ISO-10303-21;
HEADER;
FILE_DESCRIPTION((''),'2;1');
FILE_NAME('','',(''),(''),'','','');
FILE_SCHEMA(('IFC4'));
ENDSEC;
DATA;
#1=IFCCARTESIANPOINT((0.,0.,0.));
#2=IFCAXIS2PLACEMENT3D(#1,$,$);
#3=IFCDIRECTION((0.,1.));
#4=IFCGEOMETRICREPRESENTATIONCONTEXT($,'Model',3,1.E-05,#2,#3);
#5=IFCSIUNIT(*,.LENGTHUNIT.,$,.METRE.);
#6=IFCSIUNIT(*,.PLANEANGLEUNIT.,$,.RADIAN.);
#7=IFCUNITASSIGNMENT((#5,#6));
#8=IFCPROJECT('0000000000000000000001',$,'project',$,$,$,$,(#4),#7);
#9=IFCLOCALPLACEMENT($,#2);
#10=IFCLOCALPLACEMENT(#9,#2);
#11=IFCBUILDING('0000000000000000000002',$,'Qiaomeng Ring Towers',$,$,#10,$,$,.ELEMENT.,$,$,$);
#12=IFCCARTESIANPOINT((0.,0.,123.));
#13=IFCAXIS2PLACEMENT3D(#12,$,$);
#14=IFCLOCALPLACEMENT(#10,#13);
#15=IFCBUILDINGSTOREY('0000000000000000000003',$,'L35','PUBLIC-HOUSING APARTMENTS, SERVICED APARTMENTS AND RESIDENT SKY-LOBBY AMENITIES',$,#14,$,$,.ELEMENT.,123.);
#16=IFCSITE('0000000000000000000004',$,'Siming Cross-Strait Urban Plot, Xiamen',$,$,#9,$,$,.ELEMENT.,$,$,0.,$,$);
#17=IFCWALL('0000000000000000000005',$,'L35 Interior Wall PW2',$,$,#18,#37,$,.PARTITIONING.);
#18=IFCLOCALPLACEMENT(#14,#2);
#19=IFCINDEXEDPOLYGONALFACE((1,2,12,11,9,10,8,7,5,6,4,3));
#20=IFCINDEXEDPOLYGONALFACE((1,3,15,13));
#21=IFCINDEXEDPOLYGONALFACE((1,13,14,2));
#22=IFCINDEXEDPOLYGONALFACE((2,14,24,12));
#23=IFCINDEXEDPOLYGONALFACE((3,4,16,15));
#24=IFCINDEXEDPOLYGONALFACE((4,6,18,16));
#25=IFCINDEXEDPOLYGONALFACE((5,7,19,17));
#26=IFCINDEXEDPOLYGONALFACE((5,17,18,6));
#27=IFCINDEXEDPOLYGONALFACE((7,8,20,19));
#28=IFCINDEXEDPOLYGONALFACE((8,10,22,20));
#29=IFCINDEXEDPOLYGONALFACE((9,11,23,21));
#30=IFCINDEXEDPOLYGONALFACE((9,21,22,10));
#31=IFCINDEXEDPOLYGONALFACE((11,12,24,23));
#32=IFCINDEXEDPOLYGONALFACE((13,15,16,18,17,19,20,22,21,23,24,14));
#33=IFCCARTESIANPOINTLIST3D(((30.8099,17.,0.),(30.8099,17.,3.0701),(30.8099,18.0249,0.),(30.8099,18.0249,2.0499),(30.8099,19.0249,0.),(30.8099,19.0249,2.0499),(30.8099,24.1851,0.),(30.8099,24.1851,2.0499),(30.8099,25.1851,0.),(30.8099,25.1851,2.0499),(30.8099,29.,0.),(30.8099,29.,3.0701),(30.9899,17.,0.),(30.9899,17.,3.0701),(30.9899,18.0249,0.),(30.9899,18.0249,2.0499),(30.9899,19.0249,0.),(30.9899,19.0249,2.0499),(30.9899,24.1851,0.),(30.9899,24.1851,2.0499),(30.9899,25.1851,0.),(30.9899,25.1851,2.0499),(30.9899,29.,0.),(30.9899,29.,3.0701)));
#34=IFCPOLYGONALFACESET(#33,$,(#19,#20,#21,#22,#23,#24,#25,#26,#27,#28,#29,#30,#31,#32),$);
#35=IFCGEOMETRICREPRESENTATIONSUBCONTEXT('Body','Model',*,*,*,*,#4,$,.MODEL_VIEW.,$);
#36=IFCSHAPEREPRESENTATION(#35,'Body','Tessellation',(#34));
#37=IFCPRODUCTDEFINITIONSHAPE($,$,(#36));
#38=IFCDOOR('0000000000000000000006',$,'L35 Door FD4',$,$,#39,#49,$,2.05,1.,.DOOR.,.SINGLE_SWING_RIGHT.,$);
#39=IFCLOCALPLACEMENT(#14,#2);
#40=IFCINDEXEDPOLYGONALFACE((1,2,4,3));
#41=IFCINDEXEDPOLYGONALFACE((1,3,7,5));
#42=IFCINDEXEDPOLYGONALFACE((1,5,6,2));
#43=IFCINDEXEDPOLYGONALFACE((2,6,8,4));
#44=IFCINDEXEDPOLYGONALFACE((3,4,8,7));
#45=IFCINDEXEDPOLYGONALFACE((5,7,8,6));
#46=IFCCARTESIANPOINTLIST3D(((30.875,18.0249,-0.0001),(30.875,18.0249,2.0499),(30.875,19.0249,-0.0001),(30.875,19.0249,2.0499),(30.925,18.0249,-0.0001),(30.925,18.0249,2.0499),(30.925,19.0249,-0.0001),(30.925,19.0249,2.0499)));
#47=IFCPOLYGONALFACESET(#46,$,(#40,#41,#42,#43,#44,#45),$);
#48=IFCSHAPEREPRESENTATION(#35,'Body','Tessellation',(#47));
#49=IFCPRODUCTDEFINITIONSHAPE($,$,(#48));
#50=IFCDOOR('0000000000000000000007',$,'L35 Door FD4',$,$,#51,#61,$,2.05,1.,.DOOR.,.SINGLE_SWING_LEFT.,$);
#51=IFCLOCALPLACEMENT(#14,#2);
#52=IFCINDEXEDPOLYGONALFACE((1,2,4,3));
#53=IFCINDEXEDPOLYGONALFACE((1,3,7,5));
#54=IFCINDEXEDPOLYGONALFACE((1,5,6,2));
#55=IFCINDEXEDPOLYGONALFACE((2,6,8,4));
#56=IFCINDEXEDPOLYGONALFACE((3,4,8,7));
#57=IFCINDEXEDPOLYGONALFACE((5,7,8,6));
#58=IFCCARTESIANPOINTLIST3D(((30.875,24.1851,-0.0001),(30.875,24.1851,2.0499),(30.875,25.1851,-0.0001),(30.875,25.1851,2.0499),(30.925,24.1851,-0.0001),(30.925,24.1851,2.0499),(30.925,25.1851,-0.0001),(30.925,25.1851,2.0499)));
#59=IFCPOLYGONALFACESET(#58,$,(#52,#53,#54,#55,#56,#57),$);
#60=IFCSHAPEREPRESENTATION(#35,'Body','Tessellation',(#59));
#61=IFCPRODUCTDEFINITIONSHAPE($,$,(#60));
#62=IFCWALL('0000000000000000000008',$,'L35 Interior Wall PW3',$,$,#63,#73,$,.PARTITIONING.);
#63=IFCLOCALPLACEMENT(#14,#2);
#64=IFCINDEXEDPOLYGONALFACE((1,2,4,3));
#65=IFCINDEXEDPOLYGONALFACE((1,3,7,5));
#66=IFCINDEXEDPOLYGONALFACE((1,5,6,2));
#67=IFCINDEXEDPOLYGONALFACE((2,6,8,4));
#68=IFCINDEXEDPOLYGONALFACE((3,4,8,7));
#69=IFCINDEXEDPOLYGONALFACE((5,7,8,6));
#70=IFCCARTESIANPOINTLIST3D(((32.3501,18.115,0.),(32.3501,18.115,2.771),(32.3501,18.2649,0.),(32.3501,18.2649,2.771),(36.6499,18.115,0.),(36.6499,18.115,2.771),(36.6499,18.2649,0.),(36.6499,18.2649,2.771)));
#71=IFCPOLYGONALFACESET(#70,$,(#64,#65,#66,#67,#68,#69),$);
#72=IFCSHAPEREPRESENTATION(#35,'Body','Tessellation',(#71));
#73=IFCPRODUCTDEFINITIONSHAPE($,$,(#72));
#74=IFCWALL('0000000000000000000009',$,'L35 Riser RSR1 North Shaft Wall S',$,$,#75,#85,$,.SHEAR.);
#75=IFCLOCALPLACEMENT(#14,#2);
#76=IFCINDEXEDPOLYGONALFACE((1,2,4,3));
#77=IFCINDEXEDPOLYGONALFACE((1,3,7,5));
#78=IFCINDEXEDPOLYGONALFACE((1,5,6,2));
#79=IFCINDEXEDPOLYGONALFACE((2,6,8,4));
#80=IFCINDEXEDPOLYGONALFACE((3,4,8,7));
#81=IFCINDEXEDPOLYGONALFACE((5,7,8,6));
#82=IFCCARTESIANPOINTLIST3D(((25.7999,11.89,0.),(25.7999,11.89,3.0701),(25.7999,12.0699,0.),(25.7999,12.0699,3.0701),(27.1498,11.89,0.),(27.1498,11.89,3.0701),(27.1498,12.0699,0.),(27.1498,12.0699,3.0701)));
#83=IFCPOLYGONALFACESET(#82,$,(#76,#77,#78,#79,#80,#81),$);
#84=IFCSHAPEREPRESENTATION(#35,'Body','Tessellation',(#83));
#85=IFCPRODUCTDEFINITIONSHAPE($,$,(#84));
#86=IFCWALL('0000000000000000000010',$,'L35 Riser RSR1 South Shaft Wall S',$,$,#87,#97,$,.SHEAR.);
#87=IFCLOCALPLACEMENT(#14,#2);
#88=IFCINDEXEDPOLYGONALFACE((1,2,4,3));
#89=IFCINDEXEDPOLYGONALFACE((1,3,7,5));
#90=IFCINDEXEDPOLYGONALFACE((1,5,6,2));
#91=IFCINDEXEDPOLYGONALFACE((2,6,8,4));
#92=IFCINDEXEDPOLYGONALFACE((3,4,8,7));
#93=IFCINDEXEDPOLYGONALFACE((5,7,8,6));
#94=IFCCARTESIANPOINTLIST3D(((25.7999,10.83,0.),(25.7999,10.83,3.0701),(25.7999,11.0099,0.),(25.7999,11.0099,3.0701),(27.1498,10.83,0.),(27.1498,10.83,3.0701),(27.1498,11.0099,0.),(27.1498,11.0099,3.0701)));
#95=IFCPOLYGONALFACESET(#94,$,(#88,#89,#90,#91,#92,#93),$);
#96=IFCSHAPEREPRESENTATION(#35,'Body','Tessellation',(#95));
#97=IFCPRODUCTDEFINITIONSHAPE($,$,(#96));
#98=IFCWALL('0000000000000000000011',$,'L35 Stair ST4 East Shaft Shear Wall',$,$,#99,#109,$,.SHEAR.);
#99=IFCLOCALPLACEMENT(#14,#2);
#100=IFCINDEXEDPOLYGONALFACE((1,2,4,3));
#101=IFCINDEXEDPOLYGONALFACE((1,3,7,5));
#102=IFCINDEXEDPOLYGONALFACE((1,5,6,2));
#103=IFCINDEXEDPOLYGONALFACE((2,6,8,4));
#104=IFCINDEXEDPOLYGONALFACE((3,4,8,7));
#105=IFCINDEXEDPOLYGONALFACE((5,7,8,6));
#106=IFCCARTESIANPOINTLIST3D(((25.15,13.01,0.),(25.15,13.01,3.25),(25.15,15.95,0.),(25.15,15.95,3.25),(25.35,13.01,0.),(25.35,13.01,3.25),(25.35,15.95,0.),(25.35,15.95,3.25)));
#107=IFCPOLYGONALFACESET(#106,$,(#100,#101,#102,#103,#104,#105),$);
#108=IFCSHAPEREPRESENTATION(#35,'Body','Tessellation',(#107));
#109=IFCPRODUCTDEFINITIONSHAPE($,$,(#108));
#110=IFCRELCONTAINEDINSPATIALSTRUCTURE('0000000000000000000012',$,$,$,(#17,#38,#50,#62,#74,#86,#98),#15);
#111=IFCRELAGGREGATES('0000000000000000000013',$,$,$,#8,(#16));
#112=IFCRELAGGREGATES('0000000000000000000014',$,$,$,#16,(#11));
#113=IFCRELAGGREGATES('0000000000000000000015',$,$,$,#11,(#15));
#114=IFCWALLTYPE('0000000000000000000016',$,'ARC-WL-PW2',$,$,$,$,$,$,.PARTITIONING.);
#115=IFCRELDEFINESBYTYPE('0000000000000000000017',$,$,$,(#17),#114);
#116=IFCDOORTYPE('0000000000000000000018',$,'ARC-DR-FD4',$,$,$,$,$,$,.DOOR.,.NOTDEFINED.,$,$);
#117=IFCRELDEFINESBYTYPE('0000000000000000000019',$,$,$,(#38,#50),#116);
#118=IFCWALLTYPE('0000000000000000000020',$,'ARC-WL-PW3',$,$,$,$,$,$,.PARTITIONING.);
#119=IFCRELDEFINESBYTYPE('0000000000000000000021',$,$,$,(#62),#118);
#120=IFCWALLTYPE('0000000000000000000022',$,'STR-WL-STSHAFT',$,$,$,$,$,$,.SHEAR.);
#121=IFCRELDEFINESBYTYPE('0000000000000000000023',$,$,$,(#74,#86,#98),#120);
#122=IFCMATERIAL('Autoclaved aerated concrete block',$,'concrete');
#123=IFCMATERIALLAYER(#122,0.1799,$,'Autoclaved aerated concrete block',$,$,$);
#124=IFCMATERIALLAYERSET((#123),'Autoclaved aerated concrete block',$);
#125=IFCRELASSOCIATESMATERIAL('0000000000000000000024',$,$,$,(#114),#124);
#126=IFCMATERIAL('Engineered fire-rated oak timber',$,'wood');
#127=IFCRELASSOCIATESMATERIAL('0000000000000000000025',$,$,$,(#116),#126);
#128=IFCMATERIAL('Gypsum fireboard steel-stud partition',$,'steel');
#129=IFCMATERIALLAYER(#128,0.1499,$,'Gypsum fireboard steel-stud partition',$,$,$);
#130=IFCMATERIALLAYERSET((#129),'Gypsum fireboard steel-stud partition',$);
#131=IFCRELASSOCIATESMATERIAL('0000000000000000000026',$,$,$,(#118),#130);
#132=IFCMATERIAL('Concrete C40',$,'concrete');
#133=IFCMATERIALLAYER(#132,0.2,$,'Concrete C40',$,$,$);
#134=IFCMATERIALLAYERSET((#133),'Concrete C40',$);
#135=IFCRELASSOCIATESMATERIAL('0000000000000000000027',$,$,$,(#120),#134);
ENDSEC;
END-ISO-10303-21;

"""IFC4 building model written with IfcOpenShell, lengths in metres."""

from ifc_helpers import new_model, si_unit, direction, frame, frame_2d, origin, place, context, subcontext, project, spatial, rectangle, extrude, source, transform, mapped, material, layer, layer_set, type_object, element, fill, save


model = new_model("IFC4")

# Units and contexts
model_context = context("Model", 3, precision=1e-05, world=origin(), true_north=direction((0.0, 1.0)))
body_context = subcontext(model_context, "Body", "Model", "MODEL_VIEW")
ifc_project = project(units=[si_unit("LENGTHUNIT", "METRE"), si_unit("PLANEANGLEUNIT", "RADIAN")], contexts=[model_context])

# Site, building, storey
site_placement = place(None, origin())
site = spatial("IfcSite", under=ifc_project, at=site_placement, Name="Siming Cross-Strait Urban Plot, Xiamen", CompositionType="ELEMENT", RefElevation=0.0)
building_placement = place(site_placement, origin())
building = spatial("IfcBuilding", under=site, at=building_placement, Name="Qiaomeng Ring Towers", CompositionType="ELEMENT")
storey_placement = place(building_placement, frame((0.0, 0.0, 123.0)))
storey = spatial("IfcBuildingStorey", under=building, at=storey_placement, Name="L35", Description="PUBLIC-HOUSING APARTMENTS, SERVICED APARTMENTS AND RESIDENT SKY-LOBBY AMENITIES", CompositionType="ELEMENT", Elevation=123.0)

# Shared definitions
ifc_material_1 = material(Name="Autoclaved aerated concrete block", Category="concrete")

# Wall, openings, doors
ifc_layer_1 = layer(ifc_material_1, 0.1799, Name="Autoclaved aerated concrete block")
ifc_layer_set_1 = layer_set([ifc_layer_1], Name="Autoclaved aerated concrete block")
wall_type_1 = type_object("IfcWallType", Name="ARC-WL-PW2", PredefinedType="PARTITIONING", material=ifc_layer_set_1)
wall_1_placement = place(storey_placement, frame((30.8999, 17.0, 0.0), z_axis=(0.0, 0.0, 1.0), x_axis=(0.0, 1.0, 0.0)))
wall_1 = element("IfcWall", 1, at=wall_1_placement, inside=storey, type_object=wall_type_1, Name="L35 Interior Wall PW2", PredefinedType="PARTITIONING", context=body_context, shape_type="SweptSolid", body=[
    extrude(rectangle(XDim=12.0, YDim=0.1799, at=frame_2d((6.0, 0.0))), origin(), (0.0, 0.0, 1.0), 3.0701),
])
opening_1_placement = place(wall_1_placement, frame((1.0249, 0.0, 0.0)))
opening_1 = element("IfcOpeningElement", 2, at=opening_1_placement, cuts=wall_1, PredefinedType="OPENING", context=body_context, shape_type="SweptSolid", body=[
    extrude(rectangle(XDim=1.0, YDim=2.05, at=frame_2d((0.5, 1.0249))), frame((0.0, 0.0999, 0.0), z_axis=(0.0, -1.0, 0.0), x_axis=(1.0, 0.0, 0.0)), (0.0, 0.0, 1.0), 0.2),
])
opening_2_placement = place(wall_1_placement, frame((7.1851, 0.0, 0.0)))
opening_2 = element("IfcOpeningElement", 3, at=opening_2_placement, cuts=wall_1, PredefinedType="OPENING", context=body_context, shape_type="SweptSolid", body=[
    extrude(rectangle(XDim=1.0, YDim=2.05, at=frame_2d((0.5, 1.0249))), frame((0.0, 0.0999, 0.0), z_axis=(0.0, -1.0, 0.0), x_axis=(1.0, 0.0, 0.0)), (0.0, 0.0, 1.0), 0.2),
])
ifc_material_2 = material(Name="Engineered fire-rated oak timber", Category="wood")
door_type_1 = type_object("IfcDoorType", Name="ARC-DR-FD4", OperationType="NOTDEFINED", PredefinedType="DOOR", material=ifc_material_2)
shared_shape_1 = source(origin(), body_context, "Body", "SweptSolid", [
    extrude(rectangle(XDim=1.0, YDim=2.05, at=frame_2d((0.5, 1.0249))), frame((0.0, 0.0249, 0.0), z_axis=(0.0, -1.0, 0.0), x_axis=(1.0, 0.0, 0.0)), (0.0, 0.0, 1.0), 0.05),
])
door_1_placement = place(opening_1_placement, origin())
door_1 = element("IfcDoor", 4, at=door_1_placement, inside=storey, type_object=door_type_1, Name="L35 Door FD4", OperationType="SINGLE_SWING_RIGHT", OverallHeight=2.05, OverallWidth=1.0, PredefinedType="DOOR", context=body_context, shape_type="MappedRepresentation", body=[
    mapped(shared_shape_1, transform((0.0, 0.0, 0.0), x_axis=(1.0, 0.0, 0.0), y_axis=(0.0, 1.0, 0.0), z_axis=(0.0, 0.0, 1.0), scale=1.0)),
])
fill(opening_1, door_1)
door_2_placement = place(opening_2_placement, origin())
door_2 = element("IfcDoor", 5, at=door_2_placement, inside=storey, type_object=door_type_1, Name="L35 Door FD4", OperationType="SINGLE_SWING_LEFT", OverallHeight=2.05, OverallWidth=1.0, PredefinedType="DOOR", context=body_context, shape_type="MappedRepresentation", body=[
    mapped(shared_shape_1, transform((0.0, 0.0, 0.0), x_axis=(1.0, 0.0, 0.0), y_axis=(0.0, 1.0, 0.0), z_axis=(0.0, 0.0, 1.0), scale=1.0)),
])
fill(opening_2, door_2)

# Walls
ifc_material_3 = material(Name="Gypsum fireboard steel-stud partition", Category="steel")
ifc_layer_2 = layer(ifc_material_3, 0.1499, Name="Gypsum fireboard steel-stud partition")
ifc_layer_set_2 = layer_set([ifc_layer_2], Name="Gypsum fireboard steel-stud partition")
wall_type_2 = type_object("IfcWallType", Name="ARC-WL-PW3", PredefinedType="PARTITIONING", material=ifc_layer_set_2)
wall_2_placement = place(storey_placement, frame((32.3501, 18.1899, 0.0), z_axis=(0.0, 0.0, 1.0), x_axis=(1.0, 0.0, 0.0)))
element("IfcWall", 6, at=wall_2_placement, inside=storey, type_object=wall_type_2, Name="L35 Interior Wall PW3", PredefinedType="PARTITIONING", context=body_context, shape_type="SweptSolid", body=[
    extrude(rectangle(XDim=4.2998, YDim=0.1499, at=frame_2d((2.1499, 0.0))), origin(), (0.0, 0.0, 1.0), 2.771),
])
ifc_material_4 = material(Name="Concrete C40", Category="concrete")
ifc_layer_3 = layer(ifc_material_4, 0.2, Name="Concrete C40")
ifc_layer_set_3 = layer_set([ifc_layer_3], Name="Concrete C40")
wall_type_3 = type_object("IfcWallType", Name="STR-WL-STSHAFT", PredefinedType="SHEAR", material=ifc_layer_set_3)
for number, where, z_axis, x_axis, name in (
    (7, (25.8, 11.98, 0.0), (0.0, 0.0, 1.0), (1.0, 0.0, 0.0), "L35 Riser RSR1 North Shaft Wall S"),
    (8, (25.8, 10.9199, 0.0), (0.0, 0.0, 1.0), (1.0, 0.0, 0.0), "L35 Riser RSR1 South Shaft Wall S"),
):
    element("IfcWall", number, at=place(storey_placement, frame(where, z_axis=z_axis, x_axis=x_axis)), inside=storey, type_object=wall_type_3, Name=name, PredefinedType="SHEAR", context=body_context, shape_type="SweptSolid", body=[
        extrude(rectangle(XDim=1.3499, YDim=0.1799, at=frame_2d((0.6748, 0.0))), origin(), (0.0, 0.0, 1.0), 3.0701),
    ])
wall_3_placement = place(storey_placement, frame((25.25, 13.01, 0.0), z_axis=(0.0, 0.0, 1.0), x_axis=(0.0, 1.0, 0.0)))
element("IfcWall", 9, at=wall_3_placement, inside=storey, type_object=wall_type_3, Name="L35 Stair ST4 East Shaft Shear Wall", PredefinedType="SHEAR", context=body_context, shape_type="SweptSolid", body=[
    extrude(rectangle(XDim=2.9399, YDim=0.2, at=frame_2d((1.47, 0.0))), origin(), (0.0, 0.0, 1.0), 3.25),
])

save(model, "model.ifc")
